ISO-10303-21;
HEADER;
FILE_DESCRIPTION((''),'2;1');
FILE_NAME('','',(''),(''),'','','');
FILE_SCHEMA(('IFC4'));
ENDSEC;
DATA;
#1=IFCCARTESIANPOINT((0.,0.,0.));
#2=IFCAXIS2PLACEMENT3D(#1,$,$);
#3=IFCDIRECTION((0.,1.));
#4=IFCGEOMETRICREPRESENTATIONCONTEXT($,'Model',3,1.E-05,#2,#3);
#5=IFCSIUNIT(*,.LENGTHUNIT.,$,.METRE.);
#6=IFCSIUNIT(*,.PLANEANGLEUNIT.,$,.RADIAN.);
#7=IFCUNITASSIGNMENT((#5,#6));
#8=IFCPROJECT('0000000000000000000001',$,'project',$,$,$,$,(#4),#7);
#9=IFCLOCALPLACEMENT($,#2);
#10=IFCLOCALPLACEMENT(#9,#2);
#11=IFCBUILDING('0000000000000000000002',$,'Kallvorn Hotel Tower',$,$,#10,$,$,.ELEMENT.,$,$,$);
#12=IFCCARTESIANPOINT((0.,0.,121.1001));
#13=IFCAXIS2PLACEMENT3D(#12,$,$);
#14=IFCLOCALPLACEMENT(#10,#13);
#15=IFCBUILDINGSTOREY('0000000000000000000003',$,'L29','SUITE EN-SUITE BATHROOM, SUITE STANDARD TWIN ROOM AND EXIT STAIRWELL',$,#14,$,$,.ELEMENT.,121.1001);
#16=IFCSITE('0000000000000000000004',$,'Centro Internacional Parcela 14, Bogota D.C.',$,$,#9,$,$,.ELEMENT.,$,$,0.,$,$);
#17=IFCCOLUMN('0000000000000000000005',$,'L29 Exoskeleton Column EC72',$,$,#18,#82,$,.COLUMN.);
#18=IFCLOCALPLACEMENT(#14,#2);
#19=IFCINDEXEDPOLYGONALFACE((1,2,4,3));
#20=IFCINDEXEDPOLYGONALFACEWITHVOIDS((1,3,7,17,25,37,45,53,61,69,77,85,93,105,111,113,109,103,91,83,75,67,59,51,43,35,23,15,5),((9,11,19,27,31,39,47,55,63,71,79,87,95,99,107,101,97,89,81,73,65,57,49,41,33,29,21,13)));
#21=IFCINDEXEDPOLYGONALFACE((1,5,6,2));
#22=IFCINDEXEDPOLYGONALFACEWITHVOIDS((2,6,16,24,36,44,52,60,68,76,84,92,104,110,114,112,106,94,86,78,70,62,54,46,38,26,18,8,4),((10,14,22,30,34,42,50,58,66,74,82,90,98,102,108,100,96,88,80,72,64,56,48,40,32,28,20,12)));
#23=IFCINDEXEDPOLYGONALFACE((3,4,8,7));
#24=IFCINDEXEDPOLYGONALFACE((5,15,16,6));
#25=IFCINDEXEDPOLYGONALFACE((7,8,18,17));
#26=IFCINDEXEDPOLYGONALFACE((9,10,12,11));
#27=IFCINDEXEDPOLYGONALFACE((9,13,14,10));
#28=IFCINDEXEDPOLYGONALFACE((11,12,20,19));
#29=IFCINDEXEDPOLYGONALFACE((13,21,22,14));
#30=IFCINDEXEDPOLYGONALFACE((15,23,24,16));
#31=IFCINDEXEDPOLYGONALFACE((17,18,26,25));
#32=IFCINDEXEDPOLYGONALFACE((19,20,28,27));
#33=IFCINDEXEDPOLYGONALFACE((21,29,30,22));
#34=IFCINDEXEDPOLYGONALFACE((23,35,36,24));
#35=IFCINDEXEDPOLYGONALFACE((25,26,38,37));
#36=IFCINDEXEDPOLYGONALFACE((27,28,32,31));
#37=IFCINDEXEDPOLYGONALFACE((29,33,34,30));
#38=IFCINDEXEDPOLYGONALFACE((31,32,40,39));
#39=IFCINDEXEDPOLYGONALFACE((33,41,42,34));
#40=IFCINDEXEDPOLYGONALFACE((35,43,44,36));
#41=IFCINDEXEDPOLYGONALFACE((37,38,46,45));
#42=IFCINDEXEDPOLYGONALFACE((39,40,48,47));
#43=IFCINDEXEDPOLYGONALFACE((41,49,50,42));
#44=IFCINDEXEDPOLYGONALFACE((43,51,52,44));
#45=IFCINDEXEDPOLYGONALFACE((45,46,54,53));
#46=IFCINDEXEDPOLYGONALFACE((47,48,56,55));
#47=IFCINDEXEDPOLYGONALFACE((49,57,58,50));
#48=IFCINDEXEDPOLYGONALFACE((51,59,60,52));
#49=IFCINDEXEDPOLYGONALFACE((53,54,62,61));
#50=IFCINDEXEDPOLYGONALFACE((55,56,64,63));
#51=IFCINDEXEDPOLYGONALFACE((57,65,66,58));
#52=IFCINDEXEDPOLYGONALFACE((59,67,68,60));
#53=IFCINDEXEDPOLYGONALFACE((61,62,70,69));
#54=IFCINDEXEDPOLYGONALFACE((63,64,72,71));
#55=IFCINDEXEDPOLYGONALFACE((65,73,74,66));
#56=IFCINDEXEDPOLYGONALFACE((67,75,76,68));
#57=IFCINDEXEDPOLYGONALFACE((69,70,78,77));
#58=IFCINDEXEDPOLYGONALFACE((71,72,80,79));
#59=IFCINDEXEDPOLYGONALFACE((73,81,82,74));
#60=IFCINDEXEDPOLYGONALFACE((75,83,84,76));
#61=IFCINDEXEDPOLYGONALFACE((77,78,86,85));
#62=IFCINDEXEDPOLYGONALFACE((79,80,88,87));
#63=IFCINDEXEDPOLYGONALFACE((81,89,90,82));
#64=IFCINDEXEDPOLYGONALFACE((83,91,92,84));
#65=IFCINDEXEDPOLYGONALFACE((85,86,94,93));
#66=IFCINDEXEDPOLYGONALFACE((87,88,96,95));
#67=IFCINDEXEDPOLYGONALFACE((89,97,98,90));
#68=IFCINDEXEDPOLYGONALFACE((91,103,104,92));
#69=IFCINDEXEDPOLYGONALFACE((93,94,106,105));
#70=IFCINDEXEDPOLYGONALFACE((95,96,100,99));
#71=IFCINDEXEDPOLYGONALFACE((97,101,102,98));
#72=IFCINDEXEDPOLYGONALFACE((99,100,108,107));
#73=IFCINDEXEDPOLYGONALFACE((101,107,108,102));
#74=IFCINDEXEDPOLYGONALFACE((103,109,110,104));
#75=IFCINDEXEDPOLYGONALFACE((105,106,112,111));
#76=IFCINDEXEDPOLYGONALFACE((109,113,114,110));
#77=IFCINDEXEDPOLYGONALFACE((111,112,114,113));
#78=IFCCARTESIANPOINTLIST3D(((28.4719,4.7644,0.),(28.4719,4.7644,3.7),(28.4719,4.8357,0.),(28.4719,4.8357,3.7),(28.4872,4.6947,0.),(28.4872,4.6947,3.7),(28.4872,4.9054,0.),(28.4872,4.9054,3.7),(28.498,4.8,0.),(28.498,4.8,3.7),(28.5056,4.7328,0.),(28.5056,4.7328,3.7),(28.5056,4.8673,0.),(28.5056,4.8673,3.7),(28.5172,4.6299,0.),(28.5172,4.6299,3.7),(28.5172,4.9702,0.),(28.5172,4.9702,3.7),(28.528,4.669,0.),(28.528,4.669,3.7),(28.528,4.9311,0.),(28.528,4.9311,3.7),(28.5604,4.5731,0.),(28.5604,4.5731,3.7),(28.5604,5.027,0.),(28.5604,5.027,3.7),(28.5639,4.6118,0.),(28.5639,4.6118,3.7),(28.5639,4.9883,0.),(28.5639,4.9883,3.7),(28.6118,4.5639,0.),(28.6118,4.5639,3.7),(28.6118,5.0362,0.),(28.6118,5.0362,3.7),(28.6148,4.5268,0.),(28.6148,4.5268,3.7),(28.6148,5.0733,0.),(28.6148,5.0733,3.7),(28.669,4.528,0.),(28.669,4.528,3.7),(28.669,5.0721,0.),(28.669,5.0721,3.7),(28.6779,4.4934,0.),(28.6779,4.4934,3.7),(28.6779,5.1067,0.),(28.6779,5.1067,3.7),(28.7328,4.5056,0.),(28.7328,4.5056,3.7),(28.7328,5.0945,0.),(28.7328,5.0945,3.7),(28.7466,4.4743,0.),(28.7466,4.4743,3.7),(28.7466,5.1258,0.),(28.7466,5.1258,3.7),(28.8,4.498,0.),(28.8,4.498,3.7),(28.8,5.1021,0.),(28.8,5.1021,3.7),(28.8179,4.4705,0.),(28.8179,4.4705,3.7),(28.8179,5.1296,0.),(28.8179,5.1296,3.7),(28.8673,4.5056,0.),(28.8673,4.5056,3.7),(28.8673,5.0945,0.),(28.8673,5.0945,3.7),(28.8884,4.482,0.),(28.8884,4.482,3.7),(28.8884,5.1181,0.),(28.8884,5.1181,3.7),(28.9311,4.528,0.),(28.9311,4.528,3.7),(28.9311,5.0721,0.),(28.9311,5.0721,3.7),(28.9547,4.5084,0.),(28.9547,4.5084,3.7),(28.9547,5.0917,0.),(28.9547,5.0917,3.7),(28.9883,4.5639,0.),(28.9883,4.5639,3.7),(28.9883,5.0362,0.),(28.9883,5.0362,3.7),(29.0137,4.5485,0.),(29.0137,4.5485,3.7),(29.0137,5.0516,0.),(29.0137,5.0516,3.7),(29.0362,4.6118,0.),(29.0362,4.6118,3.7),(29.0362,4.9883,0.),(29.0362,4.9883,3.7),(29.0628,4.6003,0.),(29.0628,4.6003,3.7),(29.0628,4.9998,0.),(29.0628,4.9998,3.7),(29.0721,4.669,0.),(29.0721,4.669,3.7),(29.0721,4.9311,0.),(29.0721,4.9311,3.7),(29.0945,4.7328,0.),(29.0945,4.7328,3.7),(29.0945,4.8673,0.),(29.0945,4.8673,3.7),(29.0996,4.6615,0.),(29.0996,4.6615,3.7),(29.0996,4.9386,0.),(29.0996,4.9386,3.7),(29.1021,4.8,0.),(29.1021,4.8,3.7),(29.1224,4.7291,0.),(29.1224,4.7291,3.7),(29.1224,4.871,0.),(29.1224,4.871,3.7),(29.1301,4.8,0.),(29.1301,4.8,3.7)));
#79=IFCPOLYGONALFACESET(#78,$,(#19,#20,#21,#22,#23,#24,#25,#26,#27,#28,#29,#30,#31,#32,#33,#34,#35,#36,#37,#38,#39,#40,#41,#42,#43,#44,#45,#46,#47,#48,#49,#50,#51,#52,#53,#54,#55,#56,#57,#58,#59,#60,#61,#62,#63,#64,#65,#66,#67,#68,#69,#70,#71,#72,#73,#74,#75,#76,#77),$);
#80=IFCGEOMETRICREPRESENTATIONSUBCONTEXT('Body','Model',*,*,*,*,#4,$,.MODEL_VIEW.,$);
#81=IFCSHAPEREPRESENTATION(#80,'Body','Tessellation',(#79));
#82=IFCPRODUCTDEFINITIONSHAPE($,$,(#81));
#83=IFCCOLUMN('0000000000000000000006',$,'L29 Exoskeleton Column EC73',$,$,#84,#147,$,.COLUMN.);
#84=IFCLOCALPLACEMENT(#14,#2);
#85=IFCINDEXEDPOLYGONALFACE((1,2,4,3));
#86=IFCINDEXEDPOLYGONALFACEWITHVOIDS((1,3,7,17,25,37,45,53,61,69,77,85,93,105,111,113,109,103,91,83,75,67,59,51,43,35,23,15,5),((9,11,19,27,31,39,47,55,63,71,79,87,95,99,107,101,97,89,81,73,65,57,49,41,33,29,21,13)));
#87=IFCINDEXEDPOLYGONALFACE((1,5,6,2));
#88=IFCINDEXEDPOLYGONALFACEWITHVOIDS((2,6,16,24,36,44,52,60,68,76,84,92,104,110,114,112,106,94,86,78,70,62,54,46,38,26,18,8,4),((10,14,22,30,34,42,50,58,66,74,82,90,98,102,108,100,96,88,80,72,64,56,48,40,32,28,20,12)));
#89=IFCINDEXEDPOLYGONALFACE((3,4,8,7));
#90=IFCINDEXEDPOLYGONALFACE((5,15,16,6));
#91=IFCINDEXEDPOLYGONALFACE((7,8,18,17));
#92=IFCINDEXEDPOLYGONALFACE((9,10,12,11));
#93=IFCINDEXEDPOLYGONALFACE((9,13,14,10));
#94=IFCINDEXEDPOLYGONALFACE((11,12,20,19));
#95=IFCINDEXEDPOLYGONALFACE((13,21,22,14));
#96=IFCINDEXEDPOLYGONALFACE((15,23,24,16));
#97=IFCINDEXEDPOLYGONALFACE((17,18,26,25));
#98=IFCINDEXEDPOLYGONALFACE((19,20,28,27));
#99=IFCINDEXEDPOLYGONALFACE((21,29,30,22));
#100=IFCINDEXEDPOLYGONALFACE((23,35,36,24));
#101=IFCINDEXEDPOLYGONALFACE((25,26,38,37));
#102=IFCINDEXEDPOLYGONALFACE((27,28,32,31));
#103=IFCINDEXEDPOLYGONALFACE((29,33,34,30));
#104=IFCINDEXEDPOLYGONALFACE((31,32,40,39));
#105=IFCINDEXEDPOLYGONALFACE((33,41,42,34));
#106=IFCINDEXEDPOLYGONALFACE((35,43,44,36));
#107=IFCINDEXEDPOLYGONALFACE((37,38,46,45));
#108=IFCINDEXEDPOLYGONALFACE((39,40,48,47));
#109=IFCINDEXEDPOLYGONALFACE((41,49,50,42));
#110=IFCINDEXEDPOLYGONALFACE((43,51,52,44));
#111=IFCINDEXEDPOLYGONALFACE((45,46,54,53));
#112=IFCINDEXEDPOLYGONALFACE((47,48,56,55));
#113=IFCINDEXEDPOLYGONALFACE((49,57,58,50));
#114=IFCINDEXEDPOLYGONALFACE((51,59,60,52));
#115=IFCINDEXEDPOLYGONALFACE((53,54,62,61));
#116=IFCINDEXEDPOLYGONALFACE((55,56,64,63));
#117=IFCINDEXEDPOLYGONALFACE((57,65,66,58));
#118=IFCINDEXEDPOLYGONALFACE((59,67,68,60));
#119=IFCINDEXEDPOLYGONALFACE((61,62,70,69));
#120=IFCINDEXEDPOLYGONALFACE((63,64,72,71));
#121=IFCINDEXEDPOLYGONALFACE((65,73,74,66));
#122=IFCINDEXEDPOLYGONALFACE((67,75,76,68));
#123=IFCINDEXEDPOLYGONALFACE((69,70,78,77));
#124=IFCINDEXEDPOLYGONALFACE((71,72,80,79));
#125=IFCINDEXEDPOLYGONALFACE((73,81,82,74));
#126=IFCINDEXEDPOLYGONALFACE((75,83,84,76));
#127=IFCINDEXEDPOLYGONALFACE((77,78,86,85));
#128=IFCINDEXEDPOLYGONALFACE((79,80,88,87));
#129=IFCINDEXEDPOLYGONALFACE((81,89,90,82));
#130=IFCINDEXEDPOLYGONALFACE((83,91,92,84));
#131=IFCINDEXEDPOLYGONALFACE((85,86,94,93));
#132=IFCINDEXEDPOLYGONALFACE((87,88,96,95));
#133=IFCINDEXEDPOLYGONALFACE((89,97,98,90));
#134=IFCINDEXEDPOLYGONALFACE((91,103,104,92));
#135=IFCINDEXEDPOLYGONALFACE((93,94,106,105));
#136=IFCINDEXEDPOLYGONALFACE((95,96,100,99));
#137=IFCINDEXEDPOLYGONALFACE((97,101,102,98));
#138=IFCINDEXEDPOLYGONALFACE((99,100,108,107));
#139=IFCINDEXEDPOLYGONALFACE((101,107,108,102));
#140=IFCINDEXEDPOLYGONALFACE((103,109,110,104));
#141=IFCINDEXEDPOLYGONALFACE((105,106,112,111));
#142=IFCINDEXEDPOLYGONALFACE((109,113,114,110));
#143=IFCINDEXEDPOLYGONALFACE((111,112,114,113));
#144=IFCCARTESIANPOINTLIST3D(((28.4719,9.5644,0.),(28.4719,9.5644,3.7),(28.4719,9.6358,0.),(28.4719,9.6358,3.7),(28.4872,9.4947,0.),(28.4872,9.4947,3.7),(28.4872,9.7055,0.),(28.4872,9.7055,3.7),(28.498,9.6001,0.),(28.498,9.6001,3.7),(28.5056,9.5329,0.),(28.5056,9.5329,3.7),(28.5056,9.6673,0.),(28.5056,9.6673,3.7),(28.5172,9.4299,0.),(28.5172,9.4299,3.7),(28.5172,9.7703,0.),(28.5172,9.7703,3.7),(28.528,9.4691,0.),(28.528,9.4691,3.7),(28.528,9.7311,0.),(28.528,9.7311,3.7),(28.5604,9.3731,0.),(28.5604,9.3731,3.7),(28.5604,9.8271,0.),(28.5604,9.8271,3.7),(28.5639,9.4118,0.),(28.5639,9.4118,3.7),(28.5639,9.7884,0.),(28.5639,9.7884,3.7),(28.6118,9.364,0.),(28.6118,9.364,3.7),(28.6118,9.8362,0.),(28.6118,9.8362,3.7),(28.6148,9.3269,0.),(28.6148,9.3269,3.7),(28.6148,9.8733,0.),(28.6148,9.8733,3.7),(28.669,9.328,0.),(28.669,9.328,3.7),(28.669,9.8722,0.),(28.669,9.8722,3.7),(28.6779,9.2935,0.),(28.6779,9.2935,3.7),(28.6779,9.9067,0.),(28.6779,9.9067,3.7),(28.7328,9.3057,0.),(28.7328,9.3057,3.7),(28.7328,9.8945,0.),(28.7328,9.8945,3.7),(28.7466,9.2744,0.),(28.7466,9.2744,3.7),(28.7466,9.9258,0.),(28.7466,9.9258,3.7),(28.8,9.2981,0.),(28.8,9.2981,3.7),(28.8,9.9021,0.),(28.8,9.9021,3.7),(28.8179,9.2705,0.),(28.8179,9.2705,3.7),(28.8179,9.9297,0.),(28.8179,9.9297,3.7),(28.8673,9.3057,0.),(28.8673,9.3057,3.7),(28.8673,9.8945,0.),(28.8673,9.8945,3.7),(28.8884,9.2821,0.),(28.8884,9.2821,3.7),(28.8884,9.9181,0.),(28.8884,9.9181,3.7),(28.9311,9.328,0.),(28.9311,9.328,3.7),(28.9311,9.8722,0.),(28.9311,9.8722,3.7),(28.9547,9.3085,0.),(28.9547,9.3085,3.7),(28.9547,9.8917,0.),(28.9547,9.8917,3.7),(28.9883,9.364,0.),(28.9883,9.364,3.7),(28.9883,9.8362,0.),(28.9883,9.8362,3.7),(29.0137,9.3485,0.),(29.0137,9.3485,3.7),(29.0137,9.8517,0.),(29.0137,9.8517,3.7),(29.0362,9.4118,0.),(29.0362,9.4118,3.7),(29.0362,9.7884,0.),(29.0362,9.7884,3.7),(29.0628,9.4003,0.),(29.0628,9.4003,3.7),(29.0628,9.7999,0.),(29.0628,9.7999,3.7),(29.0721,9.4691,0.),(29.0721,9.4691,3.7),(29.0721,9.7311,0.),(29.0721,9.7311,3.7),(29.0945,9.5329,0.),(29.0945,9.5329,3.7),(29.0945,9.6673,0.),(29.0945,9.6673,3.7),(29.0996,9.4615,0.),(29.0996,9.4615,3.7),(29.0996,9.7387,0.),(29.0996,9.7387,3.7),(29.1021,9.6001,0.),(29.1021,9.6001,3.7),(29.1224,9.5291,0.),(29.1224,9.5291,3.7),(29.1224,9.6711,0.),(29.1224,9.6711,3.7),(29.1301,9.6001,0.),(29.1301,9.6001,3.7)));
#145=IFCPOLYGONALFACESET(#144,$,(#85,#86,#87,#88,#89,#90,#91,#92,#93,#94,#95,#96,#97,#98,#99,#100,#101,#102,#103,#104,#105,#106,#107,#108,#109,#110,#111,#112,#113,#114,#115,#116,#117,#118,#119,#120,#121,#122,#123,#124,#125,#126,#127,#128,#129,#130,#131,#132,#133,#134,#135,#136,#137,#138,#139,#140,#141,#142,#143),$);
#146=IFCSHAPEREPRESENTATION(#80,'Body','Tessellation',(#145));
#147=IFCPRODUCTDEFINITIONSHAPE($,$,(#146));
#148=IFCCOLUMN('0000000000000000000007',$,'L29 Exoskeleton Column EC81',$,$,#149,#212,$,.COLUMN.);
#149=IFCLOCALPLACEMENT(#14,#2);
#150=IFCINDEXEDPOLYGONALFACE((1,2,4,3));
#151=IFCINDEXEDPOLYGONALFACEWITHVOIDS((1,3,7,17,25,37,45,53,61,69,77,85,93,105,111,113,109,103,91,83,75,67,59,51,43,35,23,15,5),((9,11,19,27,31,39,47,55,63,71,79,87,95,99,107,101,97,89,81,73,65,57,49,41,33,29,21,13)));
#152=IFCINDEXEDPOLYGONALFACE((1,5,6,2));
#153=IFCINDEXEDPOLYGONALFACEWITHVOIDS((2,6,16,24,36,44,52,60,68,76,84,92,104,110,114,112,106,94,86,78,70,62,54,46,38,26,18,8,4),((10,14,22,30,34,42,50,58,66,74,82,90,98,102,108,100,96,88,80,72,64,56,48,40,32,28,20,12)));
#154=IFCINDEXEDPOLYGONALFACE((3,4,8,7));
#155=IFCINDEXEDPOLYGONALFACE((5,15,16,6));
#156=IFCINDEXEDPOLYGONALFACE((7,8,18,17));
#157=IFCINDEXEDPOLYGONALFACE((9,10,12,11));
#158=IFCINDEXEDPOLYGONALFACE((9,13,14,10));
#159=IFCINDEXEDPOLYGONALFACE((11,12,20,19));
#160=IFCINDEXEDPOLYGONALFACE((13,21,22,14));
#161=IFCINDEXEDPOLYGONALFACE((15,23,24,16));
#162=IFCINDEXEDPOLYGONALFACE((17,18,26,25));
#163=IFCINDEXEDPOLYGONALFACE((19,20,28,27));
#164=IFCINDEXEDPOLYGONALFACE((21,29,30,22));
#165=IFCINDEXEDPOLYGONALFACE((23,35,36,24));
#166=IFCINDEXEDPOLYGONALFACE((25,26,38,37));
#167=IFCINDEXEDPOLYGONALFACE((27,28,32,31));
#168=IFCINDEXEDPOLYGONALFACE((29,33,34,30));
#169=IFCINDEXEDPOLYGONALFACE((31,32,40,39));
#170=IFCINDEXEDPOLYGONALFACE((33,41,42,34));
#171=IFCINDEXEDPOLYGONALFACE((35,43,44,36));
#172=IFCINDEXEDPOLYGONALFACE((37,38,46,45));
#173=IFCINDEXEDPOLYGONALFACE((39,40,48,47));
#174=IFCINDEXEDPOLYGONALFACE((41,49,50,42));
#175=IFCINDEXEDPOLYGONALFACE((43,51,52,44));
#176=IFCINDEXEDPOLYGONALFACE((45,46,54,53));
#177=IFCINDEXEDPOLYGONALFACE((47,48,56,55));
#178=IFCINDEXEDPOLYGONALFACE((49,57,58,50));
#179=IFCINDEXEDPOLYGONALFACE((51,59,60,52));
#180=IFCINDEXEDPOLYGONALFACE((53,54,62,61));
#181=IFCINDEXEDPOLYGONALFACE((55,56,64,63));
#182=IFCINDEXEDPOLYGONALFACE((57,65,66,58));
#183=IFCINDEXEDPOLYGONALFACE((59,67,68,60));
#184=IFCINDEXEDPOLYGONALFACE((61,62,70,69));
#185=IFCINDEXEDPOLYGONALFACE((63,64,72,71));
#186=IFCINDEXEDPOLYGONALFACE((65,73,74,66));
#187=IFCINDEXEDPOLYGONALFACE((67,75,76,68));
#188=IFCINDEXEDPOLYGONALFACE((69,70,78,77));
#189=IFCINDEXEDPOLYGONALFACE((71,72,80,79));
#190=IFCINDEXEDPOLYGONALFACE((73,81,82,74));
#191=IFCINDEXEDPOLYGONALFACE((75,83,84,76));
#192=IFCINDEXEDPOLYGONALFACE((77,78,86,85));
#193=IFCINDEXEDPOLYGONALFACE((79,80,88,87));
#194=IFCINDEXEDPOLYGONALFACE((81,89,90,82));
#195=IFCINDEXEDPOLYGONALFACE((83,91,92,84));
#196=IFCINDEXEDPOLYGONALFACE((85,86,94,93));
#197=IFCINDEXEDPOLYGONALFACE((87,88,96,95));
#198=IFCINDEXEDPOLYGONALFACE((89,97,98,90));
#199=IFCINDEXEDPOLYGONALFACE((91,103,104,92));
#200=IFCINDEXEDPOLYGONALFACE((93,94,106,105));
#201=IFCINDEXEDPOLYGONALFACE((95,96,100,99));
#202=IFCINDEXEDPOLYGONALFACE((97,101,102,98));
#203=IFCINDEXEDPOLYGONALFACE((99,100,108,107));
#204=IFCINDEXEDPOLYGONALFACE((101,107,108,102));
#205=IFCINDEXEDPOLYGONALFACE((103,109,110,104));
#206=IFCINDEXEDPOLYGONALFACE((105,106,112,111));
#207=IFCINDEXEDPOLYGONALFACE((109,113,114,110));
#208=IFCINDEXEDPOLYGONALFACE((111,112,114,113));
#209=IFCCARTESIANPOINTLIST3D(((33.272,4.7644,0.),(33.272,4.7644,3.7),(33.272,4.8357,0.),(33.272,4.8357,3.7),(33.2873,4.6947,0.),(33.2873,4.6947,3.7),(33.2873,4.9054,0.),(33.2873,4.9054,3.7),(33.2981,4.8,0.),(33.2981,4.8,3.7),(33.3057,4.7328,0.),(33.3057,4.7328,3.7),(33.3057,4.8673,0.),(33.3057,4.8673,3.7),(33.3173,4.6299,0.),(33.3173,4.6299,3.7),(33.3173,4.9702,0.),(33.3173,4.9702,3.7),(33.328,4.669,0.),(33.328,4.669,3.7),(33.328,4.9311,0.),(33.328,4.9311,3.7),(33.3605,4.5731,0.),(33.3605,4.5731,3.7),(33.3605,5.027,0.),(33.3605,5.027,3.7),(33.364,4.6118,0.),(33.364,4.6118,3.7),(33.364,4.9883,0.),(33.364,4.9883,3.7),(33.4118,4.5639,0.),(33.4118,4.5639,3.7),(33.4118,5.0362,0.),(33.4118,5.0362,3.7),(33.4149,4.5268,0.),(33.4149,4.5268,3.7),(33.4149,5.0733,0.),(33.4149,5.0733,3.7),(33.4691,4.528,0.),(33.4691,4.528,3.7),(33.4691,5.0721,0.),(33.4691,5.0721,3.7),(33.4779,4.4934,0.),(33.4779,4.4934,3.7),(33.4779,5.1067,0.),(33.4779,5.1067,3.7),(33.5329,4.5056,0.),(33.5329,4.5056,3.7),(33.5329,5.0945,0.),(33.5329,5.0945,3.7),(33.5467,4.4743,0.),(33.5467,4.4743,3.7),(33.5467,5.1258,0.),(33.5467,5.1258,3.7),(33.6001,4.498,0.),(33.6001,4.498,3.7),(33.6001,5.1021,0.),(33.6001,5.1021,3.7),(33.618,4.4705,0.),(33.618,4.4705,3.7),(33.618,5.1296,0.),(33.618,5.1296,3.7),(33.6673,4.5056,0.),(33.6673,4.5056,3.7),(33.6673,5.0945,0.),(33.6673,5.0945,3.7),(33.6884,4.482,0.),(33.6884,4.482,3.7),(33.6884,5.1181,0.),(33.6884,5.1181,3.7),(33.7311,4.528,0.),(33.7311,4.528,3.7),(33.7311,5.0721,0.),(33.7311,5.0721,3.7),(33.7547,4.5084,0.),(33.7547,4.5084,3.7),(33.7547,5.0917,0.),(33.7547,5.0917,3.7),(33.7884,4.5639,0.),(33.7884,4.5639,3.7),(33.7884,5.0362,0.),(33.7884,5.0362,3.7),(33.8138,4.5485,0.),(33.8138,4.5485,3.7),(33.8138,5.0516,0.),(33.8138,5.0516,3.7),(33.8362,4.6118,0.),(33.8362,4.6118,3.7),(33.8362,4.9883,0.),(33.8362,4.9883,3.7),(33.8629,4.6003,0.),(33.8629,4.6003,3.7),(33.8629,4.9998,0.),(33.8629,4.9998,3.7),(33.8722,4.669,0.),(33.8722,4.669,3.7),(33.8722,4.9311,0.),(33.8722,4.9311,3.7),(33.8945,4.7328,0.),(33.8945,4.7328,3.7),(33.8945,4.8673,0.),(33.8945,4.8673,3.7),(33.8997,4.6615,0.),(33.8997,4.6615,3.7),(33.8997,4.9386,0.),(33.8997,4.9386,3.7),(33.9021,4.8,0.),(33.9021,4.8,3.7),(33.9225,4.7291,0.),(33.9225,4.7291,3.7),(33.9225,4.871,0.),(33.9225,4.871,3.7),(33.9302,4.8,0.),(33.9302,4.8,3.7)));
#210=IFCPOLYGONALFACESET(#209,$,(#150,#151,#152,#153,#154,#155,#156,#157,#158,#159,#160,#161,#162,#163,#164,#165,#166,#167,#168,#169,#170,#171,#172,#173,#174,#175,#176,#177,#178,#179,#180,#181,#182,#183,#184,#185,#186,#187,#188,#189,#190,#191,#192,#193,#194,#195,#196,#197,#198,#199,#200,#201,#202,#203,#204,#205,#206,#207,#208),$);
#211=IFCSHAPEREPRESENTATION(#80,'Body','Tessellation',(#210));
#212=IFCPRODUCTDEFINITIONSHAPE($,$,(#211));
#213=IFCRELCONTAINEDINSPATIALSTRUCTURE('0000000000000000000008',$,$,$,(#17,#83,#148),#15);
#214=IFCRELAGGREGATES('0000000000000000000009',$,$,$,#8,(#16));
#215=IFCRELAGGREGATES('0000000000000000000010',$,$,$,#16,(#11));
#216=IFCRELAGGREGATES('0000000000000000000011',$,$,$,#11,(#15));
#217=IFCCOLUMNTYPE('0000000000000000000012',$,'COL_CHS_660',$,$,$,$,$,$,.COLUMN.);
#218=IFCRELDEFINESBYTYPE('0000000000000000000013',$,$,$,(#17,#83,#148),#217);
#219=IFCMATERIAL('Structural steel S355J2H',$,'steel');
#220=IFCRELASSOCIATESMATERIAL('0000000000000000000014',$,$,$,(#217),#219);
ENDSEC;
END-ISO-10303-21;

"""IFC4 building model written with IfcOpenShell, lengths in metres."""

from ifc_helpers import new_model, si_unit, direction, frame, origin, origin_2d, place, context, subcontext, project, spatial, hollow_circle, extrude, material, material_profile, profile_set, type_object, element, save


model = new_model("IFC4")

# Units and contexts
model_context = context("Model", 3, precision=1e-05, world=origin(), true_north=direction((0.0, 1.0)))
body_context = subcontext(model_context, "Body", "Model", "MODEL_VIEW")
ifc_project = project(units=[si_unit("LENGTHUNIT", "METRE"), si_unit("PLANEANGLEUNIT", "RADIAN")], contexts=[model_context])

# Site, building, storey
site_placement = place(None, origin())
site = spatial("IfcSite", under=ifc_project, at=site_placement, Name="Centro Internacional Parcela 14, Bogota D.C.", CompositionType="ELEMENT", RefElevation=0.0)
building_placement = place(site_placement, origin())
building = spatial("IfcBuilding", under=site, at=building_placement, Name="Kallvorn Hotel Tower", CompositionType="ELEMENT")
storey_placement = place(building_placement, frame((0.0, 0.0, 121.1001)))
storey = spatial("IfcBuildingStorey", under=building, at=storey_placement, Name="L29", Description="SUITE EN-SUITE BATHROOM, SUITE STANDARD TWIN ROOM AND EXIT STAIRWELL", CompositionType="ELEMENT", Elevation=121.1001)

# Columns
ifc_material_1 = material(Name="Structural steel S355J2H", Category="steel")
ifc_material_profile_1 = material_profile(ifc_material_1, hollow_circle(Radius=0.3301, WallThickness=0.0281, at=origin_2d()), Name="CHS 660x28")
ifc_profile_set_1 = profile_set([ifc_material_profile_1], Name="Structural steel S355J2H")
column_type_1 = type_object("IfcColumnType", Name="COL_CHS_660", PredefinedType="COLUMN", material=ifc_profile_set_1)
for number, where, z_axis, x_axis, name in (
    (1, (28.8, 4.8, 0.0), (0.0, 0.0, 1.0), (1.0, 0.0, 0.0), "L29 Exoskeleton Column EC72"),
    (2, (28.8, 9.6001, 0.0), (0.0, 0.0, 1.0), (1.0, 0.0, 0.0), "L29 Exoskeleton Column EC73"),
    (3, (33.6001, 4.8, 0.0), (0.0, 0.0, 1.0), (1.0, 0.0, 0.0), "L29 Exoskeleton Column EC81"),
):
    element("IfcColumn", number, at=place(storey_placement, frame(where, z_axis=z_axis, x_axis=x_axis)), inside=storey, type_object=column_type_1, Name=name, PredefinedType="COLUMN", context=body_context, shape_type="SweptSolid", body=[
        extrude(hollow_circle(Radius=0.3301, WallThickness=0.0281, at=origin_2d()), origin(), (0.0, 0.0, 1.0), 3.7),
    ])

save(model, "model.ifc")
